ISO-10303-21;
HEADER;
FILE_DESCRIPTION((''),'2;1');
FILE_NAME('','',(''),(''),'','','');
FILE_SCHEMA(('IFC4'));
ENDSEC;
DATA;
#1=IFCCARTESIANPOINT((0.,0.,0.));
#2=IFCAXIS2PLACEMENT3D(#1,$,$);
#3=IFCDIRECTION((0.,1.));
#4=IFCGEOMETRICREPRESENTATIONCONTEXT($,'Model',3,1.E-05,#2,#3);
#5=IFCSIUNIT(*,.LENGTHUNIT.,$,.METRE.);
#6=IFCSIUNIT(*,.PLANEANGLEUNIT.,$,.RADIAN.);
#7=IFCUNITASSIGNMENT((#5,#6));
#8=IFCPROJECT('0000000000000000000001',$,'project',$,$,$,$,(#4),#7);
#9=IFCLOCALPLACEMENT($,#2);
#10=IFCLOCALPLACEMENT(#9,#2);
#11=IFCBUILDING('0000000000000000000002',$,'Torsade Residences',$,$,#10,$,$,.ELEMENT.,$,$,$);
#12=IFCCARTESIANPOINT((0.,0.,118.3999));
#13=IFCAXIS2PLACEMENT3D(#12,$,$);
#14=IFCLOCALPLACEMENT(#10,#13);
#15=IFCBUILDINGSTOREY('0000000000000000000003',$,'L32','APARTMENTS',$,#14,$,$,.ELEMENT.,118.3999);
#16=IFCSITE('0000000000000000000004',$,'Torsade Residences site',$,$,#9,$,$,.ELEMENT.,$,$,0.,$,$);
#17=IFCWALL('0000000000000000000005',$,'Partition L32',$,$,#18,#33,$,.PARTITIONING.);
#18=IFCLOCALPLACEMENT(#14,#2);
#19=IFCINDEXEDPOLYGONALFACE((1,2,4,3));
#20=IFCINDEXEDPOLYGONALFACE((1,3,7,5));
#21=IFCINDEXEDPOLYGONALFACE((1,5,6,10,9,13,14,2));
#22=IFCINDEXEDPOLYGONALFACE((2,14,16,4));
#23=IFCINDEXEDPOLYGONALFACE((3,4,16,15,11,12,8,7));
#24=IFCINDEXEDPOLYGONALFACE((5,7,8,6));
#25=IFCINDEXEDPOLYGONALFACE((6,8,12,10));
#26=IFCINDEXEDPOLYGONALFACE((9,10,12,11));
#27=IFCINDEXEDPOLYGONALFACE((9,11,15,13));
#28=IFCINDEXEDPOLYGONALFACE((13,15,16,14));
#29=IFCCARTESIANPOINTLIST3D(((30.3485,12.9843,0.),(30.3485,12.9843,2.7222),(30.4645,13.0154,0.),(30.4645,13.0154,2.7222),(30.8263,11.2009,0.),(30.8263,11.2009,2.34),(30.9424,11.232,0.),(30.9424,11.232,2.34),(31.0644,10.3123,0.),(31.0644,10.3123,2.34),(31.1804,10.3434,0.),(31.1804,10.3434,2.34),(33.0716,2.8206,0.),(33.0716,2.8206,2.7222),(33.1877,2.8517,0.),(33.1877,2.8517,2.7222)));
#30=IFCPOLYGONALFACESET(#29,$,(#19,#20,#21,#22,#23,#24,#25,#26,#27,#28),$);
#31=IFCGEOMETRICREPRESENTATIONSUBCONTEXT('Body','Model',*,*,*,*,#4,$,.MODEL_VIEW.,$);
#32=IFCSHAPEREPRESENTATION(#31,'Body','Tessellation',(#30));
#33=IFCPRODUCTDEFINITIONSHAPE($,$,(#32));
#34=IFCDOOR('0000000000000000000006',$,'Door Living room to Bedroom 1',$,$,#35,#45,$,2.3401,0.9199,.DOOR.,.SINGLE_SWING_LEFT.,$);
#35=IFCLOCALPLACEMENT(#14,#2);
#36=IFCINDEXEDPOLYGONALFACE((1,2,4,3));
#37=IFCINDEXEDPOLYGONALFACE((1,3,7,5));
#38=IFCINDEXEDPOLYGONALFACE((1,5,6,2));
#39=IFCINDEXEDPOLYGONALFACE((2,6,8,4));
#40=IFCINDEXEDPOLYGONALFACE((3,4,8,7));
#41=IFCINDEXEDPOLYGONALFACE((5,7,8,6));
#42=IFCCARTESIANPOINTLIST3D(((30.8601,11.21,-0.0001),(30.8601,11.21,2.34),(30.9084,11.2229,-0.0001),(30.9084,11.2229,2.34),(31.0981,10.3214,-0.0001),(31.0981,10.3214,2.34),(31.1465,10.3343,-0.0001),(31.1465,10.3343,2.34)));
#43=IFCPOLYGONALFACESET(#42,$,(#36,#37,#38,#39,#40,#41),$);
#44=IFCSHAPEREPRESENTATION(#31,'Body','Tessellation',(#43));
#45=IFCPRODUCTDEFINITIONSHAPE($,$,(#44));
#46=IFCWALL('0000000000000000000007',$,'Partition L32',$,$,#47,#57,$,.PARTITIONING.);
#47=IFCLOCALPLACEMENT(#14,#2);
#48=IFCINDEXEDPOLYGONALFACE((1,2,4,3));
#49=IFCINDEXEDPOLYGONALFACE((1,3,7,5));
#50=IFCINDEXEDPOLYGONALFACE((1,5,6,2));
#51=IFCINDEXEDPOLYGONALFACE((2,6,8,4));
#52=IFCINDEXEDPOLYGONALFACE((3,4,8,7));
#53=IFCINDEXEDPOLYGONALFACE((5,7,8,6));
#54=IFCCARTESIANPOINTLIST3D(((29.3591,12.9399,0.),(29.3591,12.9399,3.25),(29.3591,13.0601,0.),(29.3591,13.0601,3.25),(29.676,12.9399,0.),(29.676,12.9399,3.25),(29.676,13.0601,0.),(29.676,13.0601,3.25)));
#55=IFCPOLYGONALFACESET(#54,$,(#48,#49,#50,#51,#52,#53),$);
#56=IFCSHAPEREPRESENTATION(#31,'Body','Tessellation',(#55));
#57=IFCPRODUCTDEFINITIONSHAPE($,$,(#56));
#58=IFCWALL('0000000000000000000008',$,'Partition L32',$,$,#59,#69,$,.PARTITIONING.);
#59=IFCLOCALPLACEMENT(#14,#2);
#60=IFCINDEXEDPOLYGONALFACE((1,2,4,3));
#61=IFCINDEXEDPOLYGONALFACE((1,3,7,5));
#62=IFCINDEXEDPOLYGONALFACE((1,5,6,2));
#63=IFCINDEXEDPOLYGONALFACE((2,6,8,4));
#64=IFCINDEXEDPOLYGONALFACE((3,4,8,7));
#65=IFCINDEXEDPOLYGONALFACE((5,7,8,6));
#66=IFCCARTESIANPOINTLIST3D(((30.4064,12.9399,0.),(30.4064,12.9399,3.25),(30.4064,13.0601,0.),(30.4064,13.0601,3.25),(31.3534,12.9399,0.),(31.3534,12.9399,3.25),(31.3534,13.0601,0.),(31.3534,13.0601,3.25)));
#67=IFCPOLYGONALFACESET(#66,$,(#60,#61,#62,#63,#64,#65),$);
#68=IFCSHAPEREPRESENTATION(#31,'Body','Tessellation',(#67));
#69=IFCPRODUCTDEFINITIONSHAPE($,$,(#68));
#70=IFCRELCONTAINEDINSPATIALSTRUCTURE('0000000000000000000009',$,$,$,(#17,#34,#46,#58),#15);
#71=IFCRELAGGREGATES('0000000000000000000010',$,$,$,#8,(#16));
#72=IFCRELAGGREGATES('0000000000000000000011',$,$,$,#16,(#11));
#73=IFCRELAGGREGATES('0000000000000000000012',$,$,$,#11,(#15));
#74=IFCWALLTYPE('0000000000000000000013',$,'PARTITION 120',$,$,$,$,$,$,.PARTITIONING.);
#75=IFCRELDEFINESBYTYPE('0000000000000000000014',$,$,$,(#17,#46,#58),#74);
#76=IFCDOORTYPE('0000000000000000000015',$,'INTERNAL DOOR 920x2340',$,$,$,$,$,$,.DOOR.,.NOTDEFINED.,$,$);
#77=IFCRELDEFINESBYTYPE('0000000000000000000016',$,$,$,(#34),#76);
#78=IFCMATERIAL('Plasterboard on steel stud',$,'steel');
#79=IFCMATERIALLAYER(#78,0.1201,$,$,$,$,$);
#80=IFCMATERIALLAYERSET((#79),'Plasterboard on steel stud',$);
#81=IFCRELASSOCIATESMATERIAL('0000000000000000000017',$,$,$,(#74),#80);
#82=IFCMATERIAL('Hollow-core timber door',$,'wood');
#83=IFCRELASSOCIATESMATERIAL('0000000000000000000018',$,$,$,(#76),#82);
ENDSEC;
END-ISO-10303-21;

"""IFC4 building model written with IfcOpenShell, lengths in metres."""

from ifc_helpers import new_model, si_unit, direction, frame, frame_2d, origin, place, context, subcontext, project, spatial, rectangle, extrude, material, layer, layer_set, type_object, element, fill, save


model = new_model("IFC4")

# Units and contexts
model_context = context("Model", 3, precision=1e-05, world=origin(), true_north=direction((0.0, 1.0)))
body_context = subcontext(model_context, "Body", "Model", "MODEL_VIEW")
ifc_project = project(units=[si_unit("LENGTHUNIT", "METRE"), si_unit("PLANEANGLEUNIT", "RADIAN")], contexts=[model_context])

# Site, building, storey
site_placement = place(None, origin())
site = spatial("IfcSite", under=ifc_project, at=site_placement, Name="Torsade Residences site", CompositionType="ELEMENT", RefElevation=0.0)
building_placement = place(site_placement, origin())
building = spatial("IfcBuilding", under=site, at=building_placement, Name="Torsade Residences", CompositionType="ELEMENT")
storey_placement = place(building_placement, frame((0.0, 0.0, 118.3999)))
storey = spatial("IfcBuildingStorey", under=building, at=storey_placement, Name="L32", Description="APARTMENTS", CompositionType="ELEMENT", Elevation=118.3999)

# Shared definitions
ifc_material_1 = material(Name="Plasterboard on steel stud", Category="steel")
ifc_layer_1 = layer(ifc_material_1, 0.1201)
ifc_layer_set_1 = layer_set([ifc_layer_1], Name="Plasterboard on steel stud")
wall_type_1 = type_object("IfcWallType", Name="PARTITION 120", PredefinedType="PARTITIONING", material=ifc_layer_set_1)
ifc_material_2 = material(Name="Hollow-core timber door", Category="wood")
door_type_1 = type_object("IfcDoorType", Name="INTERNAL DOOR 920x2340", OperationType="NOTDEFINED", PredefinedType="DOOR", material=ifc_material_2)

# Wall, opening, door
wall_1_placement = place(storey_placement, frame((30.4065, 13.0, 0.0), z_axis=(0.0, 0.0, 1.0), x_axis=(0.258798, -0.965932, 0.0)))
wall_1 = element("IfcWall", 1, at=wall_1_placement, inside=storey, type_object=wall_type_1, Name="Partition L32", PredefinedType="PARTITIONING", context=body_context, shape_type="SweptSolid", body=[
    extrude(rectangle(XDim=10.5222, YDim=0.1201, at=frame_2d((5.2612, 0.0))), origin(), (0.0, 0.0, 1.0), 2.7222),
])
opening_1_placement = place(wall_1_placement, frame((1.8464, 0.0, 0.0)))
opening_1 = element("IfcOpeningElement", 2, at=opening_1_placement, cuts=wall_1, PredefinedType="OPENING", context=body_context, shape_type="SweptSolid", body=[
    extrude(rectangle(XDim=0.9199, YDim=2.3401, at=frame_2d((0.46, 1.1699))), frame((0.0, 0.0701, 0.0), z_axis=(0.0, -1.0, 0.0), x_axis=(1.0, 0.0, 0.0)), (0.0, 0.0, 1.0), 0.1401),
])
door_1_placement = place(opening_1_placement, origin())
door_1 = element("IfcDoor", 3, at=door_1_placement, inside=storey, type_object=door_type_1, Name="Door Living room to Bedroom 1", OperationType="SINGLE_SWING_LEFT", OverallHeight=2.3401, OverallWidth=0.9199, PredefinedType="DOOR", context=body_context, shape_type="SweptSolid", body=[
    extrude(rectangle(XDim=0.9199, YDim=2.3401, at=frame_2d((0.46, 1.1699))), frame((0.0, 0.0249, 0.0), z_axis=(0.0, -1.0, 0.0), x_axis=(1.0, 0.0, 0.0)), (0.0, 0.0, 1.0), 0.05),
])
fill(opening_1, door_1)

# Walls
wall_2_placement = place(storey_placement, frame((29.676, 13.0, 0.0), z_axis=(0.0, 0.0, 1.0), x_axis=(-1.0, 0.0, 0.0)))
element("IfcWall", 4, at=wall_2_placement, inside=storey, type_object=wall_type_1, Name="Partition L32", PredefinedType="PARTITIONING", context=body_context, shape_type="SweptSolid", body=[
    extrude(rectangle(XDim=0.3169, YDim=0.1201, at=frame_2d((0.1584, 0.0))), origin(), (0.0, 0.0, 1.0), 3.25),
])
wall_3_placement = place(storey_placement, frame((31.3535, 13.0, 0.0), z_axis=(0.0, 0.0, 1.0), x_axis=(-1.0, 0.0, 0.0)))
element("IfcWall", 5, at=wall_3_placement, inside=storey, type_object=wall_type_1, Name="Partition L32", PredefinedType="PARTITIONING", context=body_context, shape_type="SweptSolid", body=[
    extrude(rectangle(XDim=0.947, YDim=0.1201, at=frame_2d((0.4736, 0.0))), origin(), (0.0, 0.0, 1.0), 3.25),
])

save(model, "model.ifc")
